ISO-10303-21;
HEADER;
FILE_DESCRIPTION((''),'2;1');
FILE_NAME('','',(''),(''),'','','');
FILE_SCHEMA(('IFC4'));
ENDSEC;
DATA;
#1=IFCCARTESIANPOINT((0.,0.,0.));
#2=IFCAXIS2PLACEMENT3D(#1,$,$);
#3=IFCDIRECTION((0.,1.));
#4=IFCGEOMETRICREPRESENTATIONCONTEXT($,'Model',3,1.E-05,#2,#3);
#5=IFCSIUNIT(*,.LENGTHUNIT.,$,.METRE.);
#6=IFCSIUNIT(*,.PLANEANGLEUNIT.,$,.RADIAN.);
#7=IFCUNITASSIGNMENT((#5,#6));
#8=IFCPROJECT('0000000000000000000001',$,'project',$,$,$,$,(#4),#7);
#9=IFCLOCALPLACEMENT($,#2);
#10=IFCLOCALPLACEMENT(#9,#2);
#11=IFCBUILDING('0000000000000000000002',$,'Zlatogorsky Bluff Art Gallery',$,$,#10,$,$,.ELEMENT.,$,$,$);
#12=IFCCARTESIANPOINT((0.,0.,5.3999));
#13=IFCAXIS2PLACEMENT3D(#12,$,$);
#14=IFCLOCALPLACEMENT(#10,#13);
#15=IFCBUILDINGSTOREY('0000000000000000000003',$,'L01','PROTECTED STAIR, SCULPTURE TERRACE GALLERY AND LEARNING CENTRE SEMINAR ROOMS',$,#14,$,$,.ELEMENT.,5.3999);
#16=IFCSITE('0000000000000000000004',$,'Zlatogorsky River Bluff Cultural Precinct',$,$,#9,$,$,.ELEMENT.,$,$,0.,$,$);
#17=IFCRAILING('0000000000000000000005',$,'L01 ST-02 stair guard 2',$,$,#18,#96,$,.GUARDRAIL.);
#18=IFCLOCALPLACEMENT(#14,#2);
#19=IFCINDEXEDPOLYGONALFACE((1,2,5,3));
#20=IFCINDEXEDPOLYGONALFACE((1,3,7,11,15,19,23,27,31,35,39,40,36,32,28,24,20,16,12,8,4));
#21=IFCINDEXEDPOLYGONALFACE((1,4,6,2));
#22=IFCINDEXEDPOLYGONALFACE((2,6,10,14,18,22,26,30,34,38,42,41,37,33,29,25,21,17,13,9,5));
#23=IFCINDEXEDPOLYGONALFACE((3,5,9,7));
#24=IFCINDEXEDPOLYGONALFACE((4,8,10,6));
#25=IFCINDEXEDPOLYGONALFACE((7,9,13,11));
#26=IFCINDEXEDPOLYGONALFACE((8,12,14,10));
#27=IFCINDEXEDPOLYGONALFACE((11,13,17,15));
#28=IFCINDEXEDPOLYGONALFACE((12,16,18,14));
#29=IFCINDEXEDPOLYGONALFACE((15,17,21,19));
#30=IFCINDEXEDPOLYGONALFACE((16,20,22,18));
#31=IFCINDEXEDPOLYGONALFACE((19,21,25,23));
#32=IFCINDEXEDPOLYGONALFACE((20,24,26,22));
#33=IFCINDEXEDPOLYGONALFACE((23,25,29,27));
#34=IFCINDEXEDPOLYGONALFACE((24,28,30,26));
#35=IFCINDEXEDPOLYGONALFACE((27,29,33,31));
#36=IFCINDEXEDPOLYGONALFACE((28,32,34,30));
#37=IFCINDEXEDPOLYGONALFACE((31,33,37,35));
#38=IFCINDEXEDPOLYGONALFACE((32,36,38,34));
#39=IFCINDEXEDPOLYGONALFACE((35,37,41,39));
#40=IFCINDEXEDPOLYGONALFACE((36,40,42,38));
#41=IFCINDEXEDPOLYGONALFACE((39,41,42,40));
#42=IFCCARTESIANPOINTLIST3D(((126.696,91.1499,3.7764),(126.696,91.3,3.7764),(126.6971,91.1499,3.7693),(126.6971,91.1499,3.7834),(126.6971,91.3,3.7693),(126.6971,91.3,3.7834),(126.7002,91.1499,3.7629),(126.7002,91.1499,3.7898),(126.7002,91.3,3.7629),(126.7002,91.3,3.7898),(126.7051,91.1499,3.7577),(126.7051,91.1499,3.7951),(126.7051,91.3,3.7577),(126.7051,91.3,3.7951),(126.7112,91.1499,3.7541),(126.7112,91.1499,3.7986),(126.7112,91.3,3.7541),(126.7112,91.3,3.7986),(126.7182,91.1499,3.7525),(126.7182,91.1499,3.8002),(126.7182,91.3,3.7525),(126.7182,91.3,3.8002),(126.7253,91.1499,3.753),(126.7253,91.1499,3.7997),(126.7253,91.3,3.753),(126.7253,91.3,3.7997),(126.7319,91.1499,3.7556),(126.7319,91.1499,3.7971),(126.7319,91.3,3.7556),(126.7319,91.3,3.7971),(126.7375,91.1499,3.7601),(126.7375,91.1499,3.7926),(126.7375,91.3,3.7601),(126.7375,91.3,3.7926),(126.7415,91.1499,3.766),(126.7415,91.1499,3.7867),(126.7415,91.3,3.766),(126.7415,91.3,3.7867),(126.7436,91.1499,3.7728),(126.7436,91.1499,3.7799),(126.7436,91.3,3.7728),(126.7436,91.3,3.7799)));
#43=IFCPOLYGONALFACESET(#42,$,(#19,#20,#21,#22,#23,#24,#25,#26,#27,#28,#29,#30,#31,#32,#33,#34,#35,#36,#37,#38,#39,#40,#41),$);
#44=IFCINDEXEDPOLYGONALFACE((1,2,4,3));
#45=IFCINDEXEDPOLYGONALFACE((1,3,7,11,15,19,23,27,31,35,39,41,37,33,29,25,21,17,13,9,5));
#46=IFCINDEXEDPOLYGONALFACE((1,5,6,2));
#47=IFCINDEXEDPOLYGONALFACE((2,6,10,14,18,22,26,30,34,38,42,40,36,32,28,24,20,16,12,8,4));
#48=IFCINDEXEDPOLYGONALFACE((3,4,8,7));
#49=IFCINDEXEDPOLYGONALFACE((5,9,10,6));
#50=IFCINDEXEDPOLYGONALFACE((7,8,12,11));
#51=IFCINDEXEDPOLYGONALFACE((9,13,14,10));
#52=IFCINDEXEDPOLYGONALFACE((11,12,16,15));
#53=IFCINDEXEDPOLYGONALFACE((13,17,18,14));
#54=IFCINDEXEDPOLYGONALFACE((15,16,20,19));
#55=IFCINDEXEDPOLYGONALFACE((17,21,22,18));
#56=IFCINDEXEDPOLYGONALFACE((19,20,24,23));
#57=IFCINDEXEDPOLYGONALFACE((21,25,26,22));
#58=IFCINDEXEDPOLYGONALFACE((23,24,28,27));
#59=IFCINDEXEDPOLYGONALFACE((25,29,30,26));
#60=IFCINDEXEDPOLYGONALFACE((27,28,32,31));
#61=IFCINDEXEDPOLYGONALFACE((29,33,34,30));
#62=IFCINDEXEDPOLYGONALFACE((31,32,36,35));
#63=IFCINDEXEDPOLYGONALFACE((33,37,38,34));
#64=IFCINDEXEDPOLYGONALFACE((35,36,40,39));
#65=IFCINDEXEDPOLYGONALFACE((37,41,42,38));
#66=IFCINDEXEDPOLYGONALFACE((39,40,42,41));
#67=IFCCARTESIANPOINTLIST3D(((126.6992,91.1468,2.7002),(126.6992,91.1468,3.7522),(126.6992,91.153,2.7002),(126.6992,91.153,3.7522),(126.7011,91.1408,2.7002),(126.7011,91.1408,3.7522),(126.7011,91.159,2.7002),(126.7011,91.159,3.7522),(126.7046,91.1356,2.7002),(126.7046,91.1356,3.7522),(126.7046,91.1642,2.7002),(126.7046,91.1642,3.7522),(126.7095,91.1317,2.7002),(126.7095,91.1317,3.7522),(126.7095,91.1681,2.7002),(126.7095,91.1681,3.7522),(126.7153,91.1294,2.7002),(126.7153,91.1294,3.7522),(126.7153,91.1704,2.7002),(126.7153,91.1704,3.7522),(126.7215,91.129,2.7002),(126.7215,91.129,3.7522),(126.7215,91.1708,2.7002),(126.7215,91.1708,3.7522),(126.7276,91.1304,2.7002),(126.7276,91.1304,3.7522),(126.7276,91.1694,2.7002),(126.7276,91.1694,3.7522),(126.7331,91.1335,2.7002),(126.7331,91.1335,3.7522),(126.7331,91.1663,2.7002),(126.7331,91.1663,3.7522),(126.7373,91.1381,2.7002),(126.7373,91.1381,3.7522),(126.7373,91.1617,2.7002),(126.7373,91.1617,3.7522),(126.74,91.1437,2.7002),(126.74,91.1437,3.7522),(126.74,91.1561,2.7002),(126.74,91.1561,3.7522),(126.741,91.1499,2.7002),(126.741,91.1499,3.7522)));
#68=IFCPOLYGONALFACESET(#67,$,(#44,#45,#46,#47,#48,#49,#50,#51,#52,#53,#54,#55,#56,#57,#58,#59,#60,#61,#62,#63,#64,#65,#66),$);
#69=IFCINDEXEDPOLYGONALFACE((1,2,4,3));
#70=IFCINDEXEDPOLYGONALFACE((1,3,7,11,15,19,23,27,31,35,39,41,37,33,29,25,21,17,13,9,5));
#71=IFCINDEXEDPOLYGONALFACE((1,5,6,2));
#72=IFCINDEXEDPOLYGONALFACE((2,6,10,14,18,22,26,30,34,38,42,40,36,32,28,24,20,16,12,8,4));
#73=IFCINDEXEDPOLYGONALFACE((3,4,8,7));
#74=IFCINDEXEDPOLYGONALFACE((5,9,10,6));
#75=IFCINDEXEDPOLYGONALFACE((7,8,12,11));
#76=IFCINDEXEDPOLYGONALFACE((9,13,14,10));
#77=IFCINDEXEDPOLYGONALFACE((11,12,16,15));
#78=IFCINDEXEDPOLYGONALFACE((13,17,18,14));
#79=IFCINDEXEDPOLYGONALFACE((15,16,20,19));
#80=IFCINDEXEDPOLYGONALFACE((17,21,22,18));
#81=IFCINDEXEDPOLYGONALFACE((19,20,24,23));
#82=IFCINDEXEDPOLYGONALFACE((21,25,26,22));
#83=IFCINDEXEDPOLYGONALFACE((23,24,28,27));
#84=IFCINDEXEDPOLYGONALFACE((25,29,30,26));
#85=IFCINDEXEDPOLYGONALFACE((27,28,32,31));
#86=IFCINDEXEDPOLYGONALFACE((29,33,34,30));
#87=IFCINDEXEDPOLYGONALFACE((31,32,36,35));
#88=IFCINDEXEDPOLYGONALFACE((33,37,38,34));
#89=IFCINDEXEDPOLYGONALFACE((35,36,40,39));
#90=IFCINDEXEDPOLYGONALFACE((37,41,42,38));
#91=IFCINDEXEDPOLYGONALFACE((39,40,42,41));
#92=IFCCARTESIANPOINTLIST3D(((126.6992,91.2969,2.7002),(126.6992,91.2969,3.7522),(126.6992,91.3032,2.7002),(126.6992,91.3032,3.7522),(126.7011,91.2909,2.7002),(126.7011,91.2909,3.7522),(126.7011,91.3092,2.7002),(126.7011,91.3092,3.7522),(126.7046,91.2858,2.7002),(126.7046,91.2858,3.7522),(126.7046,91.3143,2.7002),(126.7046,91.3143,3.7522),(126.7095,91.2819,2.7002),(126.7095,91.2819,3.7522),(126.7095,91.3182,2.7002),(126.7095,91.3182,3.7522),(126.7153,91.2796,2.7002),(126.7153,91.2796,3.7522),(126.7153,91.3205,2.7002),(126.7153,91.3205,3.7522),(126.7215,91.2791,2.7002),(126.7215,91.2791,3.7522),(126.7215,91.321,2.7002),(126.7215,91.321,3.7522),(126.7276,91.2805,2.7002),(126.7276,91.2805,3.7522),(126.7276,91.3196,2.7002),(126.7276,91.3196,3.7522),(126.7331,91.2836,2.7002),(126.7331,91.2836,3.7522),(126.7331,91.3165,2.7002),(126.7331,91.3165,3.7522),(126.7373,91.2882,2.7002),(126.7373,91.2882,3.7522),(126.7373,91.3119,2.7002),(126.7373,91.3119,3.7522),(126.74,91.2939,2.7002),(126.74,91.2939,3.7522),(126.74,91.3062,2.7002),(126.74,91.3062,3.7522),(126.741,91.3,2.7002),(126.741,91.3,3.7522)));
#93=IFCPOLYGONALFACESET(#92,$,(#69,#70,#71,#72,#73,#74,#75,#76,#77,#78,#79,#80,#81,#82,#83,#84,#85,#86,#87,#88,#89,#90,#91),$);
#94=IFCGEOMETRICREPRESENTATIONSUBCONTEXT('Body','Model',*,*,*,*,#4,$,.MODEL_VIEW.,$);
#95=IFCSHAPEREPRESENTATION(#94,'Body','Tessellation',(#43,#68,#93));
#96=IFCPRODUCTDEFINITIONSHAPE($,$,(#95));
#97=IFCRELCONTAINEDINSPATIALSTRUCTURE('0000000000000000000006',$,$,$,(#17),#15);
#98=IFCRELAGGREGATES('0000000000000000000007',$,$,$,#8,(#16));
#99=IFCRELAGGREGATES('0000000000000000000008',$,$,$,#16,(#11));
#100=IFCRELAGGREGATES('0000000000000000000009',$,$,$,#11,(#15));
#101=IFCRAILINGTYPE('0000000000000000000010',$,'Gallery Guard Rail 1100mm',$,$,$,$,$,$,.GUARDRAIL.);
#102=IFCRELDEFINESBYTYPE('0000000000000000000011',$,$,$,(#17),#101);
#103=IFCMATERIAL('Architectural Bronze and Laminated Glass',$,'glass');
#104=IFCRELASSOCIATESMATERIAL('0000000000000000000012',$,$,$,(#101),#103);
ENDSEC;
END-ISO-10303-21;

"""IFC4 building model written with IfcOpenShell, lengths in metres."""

from ifc_helpers import new_model, si_unit, direction, frame, origin, origin_2d, place, context, subcontext, project, spatial, circle, extrude, material, type_object, element, save


model = new_model("IFC4")

# Units and contexts
model_context = context("Model", 3, precision=1e-05, world=origin(), true_north=direction((0.0, 1.0)))
body_context = subcontext(model_context, "Body", "Model", "MODEL_VIEW")
ifc_project = project(units=[si_unit("LENGTHUNIT", "METRE"), si_unit("PLANEANGLEUNIT", "RADIAN")], contexts=[model_context])

# Site, building, storey
site_placement = place(None, origin())
site = spatial("IfcSite", under=ifc_project, at=site_placement, Name="Zlatogorsky River Bluff Cultural Precinct", CompositionType="ELEMENT", RefElevation=0.0)
building_placement = place(site_placement, origin())
building = spatial("IfcBuilding", under=site, at=building_placement, Name="Zlatogorsky Bluff Art Gallery", CompositionType="ELEMENT")
storey_placement = place(building_placement, frame((0.0, 0.0, 5.3999)))
storey = spatial("IfcBuildingStorey", under=building, at=storey_placement, Name="L01", Description="PROTECTED STAIR, SCULPTURE TERRACE GALLERY AND LEARNING CENTRE SEMINAR ROOMS", CompositionType="ELEMENT", Elevation=5.3999)

# Railing
ifc_material_1 = material(Name="Architectural Bronze and Laminated Glass", Category="glass")
railing_type_1 = type_object("IfcRailingType", Name="Gallery Guard Rail 1100mm", PredefinedType="GUARDRAIL", material=ifc_material_1)
railing_1_placement = place(storey_placement, frame((126.72, 91.1499, 2.7002)))
element("IfcRailing", 1, at=railing_1_placement, inside=storey, type_object=railing_type_1, Name="L01 ST-02 stair guard 2", PredefinedType="GUARDRAIL", context=body_context, shape_type="SweptSolid", body=[
    extrude(circle(Radius=0.0239, at=origin_2d()), frame((0.0, 0.0, 1.0762), z_axis=(0.0, 1.0, 0.0), x_axis=(-1.0, 0.0, 0.0)), (0.0, 0.0, 1.0), 0.1501),
    extrude(circle(Radius=0.021, at=origin_2d()), origin(), (0.0, 0.0, 1.0), 1.052),
    extrude(circle(Radius=0.021, at=origin_2d()), frame((0.0, 0.1501, 0.0)), (0.0, 0.0, 1.0), 1.052),
])

save(model, "model.ifc")
